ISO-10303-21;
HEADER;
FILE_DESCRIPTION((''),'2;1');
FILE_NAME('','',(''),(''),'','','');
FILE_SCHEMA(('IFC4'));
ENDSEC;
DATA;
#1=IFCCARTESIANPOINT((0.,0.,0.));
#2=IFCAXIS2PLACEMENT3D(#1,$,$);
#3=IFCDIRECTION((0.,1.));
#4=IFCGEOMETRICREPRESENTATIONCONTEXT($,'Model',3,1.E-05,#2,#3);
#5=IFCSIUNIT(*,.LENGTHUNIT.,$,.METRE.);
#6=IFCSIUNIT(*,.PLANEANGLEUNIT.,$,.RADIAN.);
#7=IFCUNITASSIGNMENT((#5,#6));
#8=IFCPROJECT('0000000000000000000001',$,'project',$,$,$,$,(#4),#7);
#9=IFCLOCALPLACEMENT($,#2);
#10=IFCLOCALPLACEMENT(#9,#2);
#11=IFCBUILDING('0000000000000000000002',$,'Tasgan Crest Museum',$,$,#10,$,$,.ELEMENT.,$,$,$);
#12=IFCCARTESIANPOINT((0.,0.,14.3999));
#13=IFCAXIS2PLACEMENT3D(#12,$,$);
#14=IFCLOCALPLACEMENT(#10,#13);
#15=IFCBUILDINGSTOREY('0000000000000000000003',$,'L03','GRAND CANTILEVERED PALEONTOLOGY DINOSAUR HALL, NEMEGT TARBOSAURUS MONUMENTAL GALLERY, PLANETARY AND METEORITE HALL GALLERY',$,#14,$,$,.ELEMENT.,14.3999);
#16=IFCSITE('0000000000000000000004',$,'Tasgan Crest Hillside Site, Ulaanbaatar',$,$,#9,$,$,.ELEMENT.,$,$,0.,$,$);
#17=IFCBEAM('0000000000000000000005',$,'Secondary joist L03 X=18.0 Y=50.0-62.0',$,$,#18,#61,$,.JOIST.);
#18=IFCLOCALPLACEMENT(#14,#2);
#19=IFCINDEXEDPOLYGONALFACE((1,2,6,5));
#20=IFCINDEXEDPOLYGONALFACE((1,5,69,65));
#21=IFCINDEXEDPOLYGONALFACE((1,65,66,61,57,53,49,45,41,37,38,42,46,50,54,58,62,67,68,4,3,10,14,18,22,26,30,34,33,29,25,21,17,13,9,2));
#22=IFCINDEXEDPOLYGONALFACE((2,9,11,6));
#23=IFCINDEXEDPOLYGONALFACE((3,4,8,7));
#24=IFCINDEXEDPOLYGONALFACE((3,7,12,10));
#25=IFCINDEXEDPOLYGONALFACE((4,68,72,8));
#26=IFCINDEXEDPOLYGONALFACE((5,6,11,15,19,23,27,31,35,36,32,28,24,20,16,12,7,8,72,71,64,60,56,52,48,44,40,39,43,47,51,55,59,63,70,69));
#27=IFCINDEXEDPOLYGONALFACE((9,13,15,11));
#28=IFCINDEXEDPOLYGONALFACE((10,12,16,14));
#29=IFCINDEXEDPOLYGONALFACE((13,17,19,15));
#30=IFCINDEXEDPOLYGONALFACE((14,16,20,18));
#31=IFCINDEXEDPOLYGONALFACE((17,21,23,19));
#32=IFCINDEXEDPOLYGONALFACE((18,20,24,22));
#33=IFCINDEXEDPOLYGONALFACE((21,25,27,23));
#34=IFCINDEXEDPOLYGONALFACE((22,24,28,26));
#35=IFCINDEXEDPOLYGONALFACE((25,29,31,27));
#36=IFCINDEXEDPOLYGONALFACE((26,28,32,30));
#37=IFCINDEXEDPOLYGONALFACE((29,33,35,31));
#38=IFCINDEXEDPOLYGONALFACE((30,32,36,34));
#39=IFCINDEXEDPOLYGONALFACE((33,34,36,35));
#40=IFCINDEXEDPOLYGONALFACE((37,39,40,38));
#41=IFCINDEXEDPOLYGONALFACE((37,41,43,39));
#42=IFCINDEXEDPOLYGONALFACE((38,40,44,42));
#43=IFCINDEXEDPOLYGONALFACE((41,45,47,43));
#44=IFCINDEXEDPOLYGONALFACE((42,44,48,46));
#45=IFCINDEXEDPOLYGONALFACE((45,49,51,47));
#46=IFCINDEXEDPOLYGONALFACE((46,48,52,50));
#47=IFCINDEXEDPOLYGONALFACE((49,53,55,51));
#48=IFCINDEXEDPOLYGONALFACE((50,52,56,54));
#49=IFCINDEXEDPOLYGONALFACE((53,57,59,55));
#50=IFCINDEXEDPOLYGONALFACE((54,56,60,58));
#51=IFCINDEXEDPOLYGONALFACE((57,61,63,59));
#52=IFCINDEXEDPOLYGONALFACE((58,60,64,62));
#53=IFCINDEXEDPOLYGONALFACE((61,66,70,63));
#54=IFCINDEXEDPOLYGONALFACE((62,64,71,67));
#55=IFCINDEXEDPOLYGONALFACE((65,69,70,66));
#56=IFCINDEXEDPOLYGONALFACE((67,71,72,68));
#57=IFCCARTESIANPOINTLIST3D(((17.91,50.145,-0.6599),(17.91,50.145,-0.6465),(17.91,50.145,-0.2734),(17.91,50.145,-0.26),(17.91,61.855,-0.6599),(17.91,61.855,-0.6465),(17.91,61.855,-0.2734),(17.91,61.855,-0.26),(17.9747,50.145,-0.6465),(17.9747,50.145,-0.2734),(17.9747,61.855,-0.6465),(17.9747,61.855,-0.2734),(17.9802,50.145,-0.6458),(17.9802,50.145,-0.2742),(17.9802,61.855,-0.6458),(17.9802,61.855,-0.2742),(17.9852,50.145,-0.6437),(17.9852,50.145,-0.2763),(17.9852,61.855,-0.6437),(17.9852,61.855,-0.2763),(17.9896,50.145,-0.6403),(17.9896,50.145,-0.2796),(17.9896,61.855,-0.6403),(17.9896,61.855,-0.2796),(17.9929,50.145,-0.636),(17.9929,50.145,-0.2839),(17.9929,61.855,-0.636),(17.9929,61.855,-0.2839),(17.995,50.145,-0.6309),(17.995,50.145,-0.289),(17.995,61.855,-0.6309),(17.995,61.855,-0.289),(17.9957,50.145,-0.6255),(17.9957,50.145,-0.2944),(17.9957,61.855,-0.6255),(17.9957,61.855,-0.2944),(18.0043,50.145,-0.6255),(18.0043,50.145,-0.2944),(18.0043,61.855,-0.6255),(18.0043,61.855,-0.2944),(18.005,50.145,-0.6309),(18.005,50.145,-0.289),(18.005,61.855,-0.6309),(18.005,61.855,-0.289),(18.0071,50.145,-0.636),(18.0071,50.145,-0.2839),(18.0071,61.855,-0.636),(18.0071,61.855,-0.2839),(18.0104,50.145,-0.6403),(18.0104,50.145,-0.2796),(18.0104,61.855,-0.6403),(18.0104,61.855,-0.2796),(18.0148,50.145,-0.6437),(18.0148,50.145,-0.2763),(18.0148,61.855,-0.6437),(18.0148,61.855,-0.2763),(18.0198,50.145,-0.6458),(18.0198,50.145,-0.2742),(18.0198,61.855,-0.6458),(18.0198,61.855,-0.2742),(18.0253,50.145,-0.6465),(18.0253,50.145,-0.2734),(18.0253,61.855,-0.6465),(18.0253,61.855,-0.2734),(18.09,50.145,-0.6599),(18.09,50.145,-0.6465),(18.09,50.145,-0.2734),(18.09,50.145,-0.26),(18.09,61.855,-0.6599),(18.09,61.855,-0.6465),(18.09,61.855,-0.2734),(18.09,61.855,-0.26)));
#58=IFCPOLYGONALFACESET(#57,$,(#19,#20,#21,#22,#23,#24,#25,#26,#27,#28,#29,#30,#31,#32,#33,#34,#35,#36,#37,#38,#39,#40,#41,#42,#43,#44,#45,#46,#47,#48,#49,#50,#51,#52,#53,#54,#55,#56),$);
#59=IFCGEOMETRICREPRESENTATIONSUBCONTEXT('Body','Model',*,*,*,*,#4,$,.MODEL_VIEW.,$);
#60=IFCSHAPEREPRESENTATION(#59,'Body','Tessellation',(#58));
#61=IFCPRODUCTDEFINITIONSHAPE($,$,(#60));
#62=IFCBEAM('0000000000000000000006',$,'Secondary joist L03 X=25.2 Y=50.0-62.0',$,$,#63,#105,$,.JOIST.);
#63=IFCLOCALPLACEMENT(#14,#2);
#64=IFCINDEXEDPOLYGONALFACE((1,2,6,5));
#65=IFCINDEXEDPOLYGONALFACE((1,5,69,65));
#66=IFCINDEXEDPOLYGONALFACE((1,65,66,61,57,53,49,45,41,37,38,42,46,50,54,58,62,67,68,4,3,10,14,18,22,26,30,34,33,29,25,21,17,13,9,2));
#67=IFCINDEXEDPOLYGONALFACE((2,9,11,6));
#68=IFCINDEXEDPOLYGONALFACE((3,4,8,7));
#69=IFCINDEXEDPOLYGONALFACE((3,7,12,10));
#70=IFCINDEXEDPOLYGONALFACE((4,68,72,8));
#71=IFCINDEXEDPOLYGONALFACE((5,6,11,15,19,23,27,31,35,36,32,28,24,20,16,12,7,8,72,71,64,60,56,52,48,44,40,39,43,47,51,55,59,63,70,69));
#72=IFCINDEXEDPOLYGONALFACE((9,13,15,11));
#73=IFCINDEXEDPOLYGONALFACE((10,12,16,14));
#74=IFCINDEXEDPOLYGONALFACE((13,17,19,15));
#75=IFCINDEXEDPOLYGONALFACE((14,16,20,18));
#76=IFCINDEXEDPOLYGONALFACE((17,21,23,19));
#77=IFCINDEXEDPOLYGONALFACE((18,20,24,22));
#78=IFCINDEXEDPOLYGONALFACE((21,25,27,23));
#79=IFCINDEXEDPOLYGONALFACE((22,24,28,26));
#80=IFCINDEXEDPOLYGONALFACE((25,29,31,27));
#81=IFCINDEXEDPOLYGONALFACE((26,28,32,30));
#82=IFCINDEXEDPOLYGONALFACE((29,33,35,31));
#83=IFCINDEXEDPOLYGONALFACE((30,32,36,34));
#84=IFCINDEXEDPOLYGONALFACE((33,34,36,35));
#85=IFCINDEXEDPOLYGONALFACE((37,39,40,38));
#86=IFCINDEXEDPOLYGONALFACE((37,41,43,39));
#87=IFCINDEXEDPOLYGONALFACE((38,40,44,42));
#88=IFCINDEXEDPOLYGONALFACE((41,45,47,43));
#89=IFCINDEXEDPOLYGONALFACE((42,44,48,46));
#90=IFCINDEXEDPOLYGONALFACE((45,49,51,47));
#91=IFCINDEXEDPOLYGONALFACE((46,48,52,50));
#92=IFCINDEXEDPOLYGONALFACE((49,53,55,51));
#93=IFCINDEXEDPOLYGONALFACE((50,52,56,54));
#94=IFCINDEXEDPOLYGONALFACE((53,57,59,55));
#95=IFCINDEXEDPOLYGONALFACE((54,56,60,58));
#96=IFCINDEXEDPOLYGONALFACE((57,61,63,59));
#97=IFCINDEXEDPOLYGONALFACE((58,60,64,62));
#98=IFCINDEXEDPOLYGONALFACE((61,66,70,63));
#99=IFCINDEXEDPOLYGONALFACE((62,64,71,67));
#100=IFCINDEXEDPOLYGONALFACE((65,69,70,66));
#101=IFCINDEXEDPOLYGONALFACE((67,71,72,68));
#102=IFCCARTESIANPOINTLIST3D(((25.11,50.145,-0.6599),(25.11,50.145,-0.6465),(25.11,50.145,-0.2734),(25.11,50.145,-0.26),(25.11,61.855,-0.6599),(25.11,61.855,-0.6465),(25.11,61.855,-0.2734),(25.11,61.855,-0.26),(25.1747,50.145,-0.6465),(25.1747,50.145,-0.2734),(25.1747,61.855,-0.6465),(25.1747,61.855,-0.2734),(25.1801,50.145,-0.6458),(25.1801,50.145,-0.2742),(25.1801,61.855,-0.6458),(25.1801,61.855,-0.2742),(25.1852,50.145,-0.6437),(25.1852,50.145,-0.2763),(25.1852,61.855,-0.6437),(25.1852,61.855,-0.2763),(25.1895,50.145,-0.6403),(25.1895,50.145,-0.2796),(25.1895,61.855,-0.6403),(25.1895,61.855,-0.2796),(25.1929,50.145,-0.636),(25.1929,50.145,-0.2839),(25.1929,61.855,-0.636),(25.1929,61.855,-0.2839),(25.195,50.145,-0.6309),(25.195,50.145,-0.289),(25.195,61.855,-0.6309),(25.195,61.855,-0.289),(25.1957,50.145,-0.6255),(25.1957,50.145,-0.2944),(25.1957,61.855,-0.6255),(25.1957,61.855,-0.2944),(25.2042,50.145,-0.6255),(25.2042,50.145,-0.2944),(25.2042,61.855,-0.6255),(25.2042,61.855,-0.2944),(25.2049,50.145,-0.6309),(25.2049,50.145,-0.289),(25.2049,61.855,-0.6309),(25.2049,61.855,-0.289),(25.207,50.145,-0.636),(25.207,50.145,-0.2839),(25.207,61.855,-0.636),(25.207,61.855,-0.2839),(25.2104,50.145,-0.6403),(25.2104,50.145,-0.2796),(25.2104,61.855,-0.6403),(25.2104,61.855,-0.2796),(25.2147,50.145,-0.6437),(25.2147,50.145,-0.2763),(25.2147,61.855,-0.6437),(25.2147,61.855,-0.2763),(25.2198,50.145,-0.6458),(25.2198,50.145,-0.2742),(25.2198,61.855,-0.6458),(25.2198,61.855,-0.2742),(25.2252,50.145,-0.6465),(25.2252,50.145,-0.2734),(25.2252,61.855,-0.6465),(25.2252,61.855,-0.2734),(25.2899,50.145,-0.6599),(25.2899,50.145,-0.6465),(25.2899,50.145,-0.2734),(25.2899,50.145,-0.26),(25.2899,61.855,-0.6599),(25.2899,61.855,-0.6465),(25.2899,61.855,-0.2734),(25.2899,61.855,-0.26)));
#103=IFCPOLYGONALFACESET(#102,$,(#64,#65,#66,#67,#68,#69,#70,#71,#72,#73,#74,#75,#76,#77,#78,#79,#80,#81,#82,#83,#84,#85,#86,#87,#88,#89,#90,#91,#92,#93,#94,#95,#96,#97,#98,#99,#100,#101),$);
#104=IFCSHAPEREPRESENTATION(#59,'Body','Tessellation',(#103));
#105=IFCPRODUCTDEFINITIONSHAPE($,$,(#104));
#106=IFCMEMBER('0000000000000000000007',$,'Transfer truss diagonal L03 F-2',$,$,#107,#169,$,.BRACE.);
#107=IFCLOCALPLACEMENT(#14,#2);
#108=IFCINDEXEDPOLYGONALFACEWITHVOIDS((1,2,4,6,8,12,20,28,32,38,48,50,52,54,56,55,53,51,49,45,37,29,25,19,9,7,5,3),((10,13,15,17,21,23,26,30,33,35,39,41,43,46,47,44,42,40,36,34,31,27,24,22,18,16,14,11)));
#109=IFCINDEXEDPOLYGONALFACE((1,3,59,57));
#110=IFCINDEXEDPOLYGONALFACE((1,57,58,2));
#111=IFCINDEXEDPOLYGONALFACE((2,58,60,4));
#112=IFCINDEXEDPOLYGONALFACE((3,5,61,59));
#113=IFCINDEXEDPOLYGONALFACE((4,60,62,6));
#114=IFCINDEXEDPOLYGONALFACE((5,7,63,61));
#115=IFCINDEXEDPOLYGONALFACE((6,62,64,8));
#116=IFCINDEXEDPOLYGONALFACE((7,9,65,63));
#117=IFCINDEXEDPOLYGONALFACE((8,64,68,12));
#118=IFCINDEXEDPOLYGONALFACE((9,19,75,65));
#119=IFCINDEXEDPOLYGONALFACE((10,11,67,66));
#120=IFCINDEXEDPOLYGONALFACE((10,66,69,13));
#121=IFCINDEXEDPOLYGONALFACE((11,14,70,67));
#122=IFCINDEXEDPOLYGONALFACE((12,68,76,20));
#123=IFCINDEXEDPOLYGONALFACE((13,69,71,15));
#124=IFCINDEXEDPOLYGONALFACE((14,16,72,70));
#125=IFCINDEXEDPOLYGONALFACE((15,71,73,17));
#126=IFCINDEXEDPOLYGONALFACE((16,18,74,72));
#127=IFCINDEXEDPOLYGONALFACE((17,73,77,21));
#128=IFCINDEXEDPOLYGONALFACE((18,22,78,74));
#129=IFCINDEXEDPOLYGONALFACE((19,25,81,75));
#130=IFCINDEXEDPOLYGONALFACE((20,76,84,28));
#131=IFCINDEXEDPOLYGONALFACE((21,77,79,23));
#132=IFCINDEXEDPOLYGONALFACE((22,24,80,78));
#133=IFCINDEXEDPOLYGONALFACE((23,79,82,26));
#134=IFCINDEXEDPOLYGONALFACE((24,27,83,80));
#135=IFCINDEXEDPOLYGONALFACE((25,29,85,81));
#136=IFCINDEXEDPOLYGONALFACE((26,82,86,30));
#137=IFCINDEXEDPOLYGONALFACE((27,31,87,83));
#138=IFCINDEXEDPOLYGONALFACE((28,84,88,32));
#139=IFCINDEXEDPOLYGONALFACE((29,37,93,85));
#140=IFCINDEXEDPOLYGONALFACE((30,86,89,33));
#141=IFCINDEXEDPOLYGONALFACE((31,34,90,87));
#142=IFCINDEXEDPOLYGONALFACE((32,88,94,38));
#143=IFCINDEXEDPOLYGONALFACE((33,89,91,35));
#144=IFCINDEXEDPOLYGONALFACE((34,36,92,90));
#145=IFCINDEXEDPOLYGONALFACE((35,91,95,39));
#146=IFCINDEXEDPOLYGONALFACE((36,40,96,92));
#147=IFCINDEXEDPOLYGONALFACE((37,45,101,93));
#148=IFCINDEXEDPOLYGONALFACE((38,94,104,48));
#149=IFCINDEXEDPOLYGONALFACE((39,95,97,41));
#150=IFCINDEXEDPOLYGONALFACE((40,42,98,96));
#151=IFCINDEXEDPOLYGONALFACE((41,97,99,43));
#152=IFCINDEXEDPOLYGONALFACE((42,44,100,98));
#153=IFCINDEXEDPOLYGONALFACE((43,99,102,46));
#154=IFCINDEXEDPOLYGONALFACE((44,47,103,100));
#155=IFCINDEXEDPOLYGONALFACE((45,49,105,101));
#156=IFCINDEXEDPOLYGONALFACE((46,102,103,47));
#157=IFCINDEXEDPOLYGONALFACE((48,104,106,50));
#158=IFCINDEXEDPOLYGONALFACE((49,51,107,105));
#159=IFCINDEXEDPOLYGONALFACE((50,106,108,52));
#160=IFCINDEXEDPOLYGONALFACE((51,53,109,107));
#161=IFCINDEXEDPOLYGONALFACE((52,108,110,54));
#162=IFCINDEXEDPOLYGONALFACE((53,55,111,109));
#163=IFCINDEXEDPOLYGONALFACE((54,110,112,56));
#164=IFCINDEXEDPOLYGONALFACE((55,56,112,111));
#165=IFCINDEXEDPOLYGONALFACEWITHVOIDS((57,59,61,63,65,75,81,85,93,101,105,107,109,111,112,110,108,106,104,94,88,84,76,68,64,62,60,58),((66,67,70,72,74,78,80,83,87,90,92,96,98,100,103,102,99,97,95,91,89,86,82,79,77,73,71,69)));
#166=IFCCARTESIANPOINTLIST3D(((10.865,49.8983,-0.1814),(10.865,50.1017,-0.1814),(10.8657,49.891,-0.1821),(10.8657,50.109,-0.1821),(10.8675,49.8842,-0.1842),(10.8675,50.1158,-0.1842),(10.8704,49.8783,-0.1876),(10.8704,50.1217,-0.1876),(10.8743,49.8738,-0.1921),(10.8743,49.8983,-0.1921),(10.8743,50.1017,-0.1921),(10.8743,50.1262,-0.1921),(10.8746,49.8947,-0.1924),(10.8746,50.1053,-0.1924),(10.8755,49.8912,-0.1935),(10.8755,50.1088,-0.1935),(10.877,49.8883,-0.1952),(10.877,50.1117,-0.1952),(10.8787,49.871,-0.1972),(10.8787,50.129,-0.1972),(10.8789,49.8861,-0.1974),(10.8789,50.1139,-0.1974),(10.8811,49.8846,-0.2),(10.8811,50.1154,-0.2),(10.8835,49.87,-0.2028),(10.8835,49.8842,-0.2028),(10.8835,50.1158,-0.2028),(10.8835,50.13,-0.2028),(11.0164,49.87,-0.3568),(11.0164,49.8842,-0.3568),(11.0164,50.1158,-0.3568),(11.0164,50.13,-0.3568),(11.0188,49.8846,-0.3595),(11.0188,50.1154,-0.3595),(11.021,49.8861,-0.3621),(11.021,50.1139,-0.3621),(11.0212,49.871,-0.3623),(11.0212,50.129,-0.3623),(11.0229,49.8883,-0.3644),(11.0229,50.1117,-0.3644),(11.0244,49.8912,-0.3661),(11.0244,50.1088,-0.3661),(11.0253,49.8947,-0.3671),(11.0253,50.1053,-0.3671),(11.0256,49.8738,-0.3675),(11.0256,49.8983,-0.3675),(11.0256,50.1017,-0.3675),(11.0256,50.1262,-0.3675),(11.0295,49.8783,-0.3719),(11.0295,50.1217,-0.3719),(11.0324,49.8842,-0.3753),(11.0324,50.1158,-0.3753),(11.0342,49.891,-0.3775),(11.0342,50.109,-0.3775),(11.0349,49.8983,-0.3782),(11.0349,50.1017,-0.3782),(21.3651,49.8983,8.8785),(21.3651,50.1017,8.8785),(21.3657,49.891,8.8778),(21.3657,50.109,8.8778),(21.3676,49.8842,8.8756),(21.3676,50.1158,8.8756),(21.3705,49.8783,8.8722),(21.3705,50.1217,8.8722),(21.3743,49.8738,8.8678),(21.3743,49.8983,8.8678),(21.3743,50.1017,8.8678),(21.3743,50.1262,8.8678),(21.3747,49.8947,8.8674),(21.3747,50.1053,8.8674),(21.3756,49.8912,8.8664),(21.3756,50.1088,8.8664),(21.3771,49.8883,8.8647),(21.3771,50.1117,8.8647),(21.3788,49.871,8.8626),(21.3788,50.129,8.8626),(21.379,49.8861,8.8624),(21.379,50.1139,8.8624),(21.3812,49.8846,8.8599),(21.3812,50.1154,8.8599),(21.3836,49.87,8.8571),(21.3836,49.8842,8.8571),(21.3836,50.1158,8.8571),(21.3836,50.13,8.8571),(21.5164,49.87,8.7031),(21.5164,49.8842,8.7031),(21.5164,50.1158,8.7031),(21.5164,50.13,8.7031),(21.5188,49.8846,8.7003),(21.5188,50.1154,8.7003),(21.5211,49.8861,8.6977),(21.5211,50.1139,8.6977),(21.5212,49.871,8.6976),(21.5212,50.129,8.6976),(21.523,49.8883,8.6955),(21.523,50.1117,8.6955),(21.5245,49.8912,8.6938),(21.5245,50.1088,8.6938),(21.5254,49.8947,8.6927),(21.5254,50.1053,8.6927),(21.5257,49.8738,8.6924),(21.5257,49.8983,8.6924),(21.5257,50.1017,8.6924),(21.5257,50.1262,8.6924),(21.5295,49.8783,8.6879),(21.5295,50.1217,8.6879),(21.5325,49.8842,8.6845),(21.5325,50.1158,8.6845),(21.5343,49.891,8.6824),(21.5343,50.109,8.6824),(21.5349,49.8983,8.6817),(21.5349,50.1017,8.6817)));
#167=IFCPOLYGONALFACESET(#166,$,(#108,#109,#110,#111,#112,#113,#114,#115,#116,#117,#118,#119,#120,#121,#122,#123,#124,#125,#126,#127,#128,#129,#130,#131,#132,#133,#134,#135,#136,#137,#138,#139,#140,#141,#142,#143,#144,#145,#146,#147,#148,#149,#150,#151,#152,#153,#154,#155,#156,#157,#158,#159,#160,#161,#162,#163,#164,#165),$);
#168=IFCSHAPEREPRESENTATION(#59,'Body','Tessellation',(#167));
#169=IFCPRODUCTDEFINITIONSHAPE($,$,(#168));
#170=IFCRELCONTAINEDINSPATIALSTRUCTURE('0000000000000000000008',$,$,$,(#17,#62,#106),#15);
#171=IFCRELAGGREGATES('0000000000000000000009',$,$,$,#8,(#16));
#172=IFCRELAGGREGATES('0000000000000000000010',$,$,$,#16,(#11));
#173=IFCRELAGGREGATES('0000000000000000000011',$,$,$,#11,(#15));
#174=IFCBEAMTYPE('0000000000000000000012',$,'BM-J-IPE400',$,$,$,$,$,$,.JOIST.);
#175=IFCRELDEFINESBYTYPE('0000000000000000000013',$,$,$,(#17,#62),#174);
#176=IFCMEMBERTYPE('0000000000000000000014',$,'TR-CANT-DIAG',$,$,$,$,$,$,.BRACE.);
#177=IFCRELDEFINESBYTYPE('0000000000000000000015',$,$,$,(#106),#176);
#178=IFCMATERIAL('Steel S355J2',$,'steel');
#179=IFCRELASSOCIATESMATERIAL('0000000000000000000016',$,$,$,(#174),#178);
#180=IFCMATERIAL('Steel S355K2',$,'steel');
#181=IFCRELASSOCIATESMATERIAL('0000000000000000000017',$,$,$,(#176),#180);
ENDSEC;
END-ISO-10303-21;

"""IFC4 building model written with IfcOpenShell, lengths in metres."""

from ifc_helpers import new_model, si_unit, direction, frame, origin, origin_2d, place, context, subcontext, project, spatial, hollow_rectangle, i_section, extrude, material, material_profile, profile_set, type_object, element, save


model = new_model("IFC4")

# Units and contexts
model_context = context("Model", 3, precision=1e-05, world=origin(), true_north=direction((0.0, 1.0)))
body_context = subcontext(model_context, "Body", "Model", "MODEL_VIEW")
ifc_project = project(units=[si_unit("LENGTHUNIT", "METRE"), si_unit("PLANEANGLEUNIT", "RADIAN")], contexts=[model_context])

# Site, building, storey
site_placement = place(None, origin())
site = spatial("IfcSite", under=ifc_project, at=site_placement, Name="Tasgan Crest Hillside Site, Ulaanbaatar", CompositionType="ELEMENT", RefElevation=0.0)
building_placement = place(site_placement, origin())
building = spatial("IfcBuilding", under=site, at=building_placement, Name="Tasgan Crest Museum", CompositionType="ELEMENT")
storey_placement = place(building_placement, frame((0.0, 0.0, 14.3999)))
storey = spatial("IfcBuildingStorey", under=building, at=storey_placement, Name="L03", Description="GRAND CANTILEVERED PALEONTOLOGY DINOSAUR HALL, NEMEGT TARBOSAURUS MONUMENTAL GALLERY, PLANETARY AND METEORITE HALL GALLERY", CompositionType="ELEMENT", Elevation=14.3999)

# Beams
ifc_material_1 = material(Name="Steel S355J2", Category="steel")
ifc_material_profile_1 = material_profile(ifc_material_1, i_section(OverallWidth=0.1799, OverallDepth=0.3999, WebThickness=0.0085, FlangeThickness=0.0134, FilletRadius=0.021, at=origin_2d()), Name="IPE 400")
ifc_profile_set_1 = profile_set([ifc_material_profile_1], Name="Steel S355J2")
beam_type_1 = type_object("IfcBeamType", Name="BM-J-IPE400", PredefinedType="JOIST", material=ifc_profile_set_1)
for number, where, z_axis, x_axis, name in (
    (1, (18.0, 50.145, -0.46), (0.0, 1.0, 0.0), (-1.0, 0.0, 0.0), "Secondary joist L03 X=18.0 Y=50.0-62.0"),
    (2, (25.2, 50.145, -0.46), (0.0, 1.0, 0.0), (-1.0, 0.0, 0.0), "Secondary joist L03 X=25.2 Y=50.0-62.0"),
):
    element("IfcBeam", number, at=place(storey_placement, frame(where, z_axis=z_axis, x_axis=x_axis)), inside=storey, type_object=beam_type_1, Name=name, PredefinedType="JOIST", context=body_context, shape_type="SweptSolid", body=[
        extrude(i_section(OverallWidth=0.1799, OverallDepth=0.3999, WebThickness=0.0085, FlangeThickness=0.0134, FilletRadius=0.021, at=origin_2d()), origin(), (0.0, 0.0, 1.0), 11.71),
    ])

# Member
ifc_material_2 = material(Name="Steel S355K2", Category="steel")
ifc_material_profile_2 = material_profile(ifc_material_2, hollow_rectangle(XDim=0.26, YDim=0.26, WallThickness=0.0142, InnerFilletRadius=0.0142, OuterFilletRadius=0.0283, at=origin_2d()), Name="SHS 260x260x14.2")
ifc_profile_set_2 = profile_set([ifc_material_profile_2], Name="Steel S355K2")
member_type = type_object("IfcMemberType", Name="TR-CANT-DIAG", PredefinedType="BRACE", material=ifc_profile_set_2)
for number, where, z_axis, x_axis, name in (
    (3, (10.95, 50.0, -0.2798), (0.757121, 0.0, 0.653274), (0.0, 1.0, 0.0), "Transfer truss diagonal L03 F-2"),
):
    element("IfcMember", number, at=place(storey_placement, frame(where, z_axis=z_axis, x_axis=x_axis)), inside=storey, type_object=member_type, Name=name, PredefinedType="BRACE", context=body_context, shape_type="SweptSolid", body=[
        extrude(hollow_rectangle(XDim=0.26, YDim=0.26, WallThickness=0.0142, InnerFilletRadius=0.0142, OuterFilletRadius=0.0283, at=origin_2d()), origin(), (0.0, 0.0, 1.0), 13.8684),
    ])

save(model, "model.ifc")
